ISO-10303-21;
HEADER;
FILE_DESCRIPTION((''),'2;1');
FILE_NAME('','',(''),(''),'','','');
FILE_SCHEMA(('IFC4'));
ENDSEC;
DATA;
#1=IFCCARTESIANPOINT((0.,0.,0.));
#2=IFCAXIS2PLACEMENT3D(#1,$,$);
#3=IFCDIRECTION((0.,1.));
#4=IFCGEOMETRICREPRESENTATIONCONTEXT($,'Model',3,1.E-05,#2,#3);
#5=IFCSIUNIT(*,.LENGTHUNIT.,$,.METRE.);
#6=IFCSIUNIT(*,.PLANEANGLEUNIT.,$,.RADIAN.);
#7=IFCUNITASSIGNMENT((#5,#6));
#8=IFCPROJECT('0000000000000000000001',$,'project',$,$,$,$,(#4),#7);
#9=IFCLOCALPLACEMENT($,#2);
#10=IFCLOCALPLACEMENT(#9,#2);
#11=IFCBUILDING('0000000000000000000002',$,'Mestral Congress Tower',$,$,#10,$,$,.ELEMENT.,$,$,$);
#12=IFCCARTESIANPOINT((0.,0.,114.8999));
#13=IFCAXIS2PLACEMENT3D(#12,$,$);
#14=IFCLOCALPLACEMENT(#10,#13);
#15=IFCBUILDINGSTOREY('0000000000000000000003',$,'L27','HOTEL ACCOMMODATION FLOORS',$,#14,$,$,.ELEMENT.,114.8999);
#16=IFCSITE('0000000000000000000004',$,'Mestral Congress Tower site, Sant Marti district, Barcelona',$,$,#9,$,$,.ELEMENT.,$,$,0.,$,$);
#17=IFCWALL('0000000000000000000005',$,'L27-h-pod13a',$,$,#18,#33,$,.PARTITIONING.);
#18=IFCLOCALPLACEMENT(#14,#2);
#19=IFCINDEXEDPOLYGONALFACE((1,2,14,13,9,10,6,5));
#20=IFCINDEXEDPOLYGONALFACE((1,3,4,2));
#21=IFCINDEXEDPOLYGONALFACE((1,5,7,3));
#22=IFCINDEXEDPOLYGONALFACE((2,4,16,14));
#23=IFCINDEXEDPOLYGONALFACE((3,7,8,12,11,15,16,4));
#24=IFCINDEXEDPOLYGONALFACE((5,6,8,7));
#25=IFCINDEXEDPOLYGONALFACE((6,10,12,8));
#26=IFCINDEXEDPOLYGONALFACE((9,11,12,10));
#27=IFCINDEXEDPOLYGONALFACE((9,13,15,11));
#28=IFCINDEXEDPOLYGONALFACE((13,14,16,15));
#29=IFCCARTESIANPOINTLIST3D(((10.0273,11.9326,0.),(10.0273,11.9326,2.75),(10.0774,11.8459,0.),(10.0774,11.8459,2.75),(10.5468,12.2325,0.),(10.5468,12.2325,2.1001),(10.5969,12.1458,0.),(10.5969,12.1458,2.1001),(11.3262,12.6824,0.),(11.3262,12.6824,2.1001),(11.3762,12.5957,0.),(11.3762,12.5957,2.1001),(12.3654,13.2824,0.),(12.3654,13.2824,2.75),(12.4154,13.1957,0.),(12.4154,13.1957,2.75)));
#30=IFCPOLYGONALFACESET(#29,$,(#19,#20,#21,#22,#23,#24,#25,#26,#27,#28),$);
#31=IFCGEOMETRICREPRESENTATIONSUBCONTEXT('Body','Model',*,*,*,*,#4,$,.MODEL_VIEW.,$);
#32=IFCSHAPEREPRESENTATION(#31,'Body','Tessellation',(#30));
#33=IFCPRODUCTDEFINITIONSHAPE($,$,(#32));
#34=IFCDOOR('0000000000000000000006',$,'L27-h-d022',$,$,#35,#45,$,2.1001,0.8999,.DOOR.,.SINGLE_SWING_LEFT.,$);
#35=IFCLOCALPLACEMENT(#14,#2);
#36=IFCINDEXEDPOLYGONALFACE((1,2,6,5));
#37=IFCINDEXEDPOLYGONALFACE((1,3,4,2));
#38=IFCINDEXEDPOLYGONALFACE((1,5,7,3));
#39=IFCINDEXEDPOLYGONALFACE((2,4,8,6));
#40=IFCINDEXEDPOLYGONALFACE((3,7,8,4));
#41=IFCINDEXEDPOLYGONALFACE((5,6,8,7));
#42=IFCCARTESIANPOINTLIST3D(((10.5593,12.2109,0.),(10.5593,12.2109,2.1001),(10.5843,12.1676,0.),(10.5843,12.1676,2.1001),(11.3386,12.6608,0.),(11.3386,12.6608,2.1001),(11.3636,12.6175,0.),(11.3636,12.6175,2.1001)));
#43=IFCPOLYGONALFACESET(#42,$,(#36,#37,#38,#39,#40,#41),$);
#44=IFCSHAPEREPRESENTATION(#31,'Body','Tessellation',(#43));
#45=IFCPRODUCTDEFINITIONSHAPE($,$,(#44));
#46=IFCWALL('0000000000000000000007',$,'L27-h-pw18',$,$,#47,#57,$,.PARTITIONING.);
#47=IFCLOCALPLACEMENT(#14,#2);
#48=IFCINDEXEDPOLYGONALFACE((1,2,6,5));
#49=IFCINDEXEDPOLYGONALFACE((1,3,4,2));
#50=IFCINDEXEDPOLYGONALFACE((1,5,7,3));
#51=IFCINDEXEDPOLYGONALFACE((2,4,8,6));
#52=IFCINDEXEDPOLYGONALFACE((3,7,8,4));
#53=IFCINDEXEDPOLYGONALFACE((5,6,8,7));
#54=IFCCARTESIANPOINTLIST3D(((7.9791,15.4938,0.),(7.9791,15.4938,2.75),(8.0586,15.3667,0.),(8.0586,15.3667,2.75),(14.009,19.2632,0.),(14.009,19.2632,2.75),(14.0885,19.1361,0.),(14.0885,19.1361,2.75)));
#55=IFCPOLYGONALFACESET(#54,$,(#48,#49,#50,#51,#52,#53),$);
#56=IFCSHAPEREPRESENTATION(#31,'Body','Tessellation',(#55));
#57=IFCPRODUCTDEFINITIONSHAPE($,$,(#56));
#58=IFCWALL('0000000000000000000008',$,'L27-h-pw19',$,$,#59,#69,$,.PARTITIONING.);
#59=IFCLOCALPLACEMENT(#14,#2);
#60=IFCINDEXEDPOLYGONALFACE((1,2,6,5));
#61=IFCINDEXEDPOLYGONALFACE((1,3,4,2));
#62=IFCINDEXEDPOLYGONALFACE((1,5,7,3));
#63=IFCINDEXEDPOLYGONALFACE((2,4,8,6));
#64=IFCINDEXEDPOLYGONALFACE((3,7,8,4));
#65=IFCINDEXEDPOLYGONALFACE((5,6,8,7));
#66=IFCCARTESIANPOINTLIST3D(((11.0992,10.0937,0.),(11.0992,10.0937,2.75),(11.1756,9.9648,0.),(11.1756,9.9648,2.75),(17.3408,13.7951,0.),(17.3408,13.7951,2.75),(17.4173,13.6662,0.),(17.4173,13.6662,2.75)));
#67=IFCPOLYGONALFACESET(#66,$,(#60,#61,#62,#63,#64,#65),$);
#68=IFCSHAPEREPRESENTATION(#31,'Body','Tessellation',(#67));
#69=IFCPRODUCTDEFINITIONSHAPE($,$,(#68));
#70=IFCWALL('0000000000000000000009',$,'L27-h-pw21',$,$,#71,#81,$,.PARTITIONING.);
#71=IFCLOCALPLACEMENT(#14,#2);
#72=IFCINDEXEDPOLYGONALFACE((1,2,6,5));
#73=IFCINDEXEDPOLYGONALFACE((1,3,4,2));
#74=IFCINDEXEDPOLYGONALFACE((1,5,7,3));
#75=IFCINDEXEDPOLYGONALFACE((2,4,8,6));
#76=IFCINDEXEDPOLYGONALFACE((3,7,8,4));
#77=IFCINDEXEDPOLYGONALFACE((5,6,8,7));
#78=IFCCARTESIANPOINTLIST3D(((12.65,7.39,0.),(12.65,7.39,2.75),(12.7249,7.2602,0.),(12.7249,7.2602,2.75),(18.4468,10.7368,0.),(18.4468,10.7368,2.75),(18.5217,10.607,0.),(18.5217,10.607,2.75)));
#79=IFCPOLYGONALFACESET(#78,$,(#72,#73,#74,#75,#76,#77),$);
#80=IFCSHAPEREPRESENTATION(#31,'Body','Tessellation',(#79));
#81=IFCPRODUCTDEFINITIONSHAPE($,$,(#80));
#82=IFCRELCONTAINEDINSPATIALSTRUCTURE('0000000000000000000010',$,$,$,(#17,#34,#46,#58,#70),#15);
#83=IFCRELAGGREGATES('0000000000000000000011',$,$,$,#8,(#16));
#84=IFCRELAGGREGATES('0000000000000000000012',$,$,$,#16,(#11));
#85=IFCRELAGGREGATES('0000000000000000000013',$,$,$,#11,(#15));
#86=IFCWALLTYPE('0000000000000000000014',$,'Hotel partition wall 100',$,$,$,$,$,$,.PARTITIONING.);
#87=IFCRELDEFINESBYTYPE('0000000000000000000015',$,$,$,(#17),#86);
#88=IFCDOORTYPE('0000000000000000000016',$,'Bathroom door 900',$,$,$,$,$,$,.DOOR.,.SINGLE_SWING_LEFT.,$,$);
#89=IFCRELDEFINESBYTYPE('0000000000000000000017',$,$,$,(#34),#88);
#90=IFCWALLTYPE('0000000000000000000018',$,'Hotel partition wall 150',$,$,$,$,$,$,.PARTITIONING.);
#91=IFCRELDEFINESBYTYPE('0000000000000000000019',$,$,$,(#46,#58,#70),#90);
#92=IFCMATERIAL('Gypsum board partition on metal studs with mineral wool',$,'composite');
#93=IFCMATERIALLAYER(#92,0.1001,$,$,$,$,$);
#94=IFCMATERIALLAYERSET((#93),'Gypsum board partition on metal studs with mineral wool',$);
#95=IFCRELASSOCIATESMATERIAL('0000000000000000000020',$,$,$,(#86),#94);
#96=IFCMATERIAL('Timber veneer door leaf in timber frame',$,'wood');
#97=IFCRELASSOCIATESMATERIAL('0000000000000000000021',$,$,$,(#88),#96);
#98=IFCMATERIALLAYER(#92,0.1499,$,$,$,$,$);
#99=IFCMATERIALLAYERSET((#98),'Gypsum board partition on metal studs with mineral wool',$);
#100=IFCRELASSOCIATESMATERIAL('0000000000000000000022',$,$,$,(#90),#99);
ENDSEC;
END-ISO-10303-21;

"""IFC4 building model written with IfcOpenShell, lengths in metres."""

from ifc_helpers import new_model, si_unit, direction, frame, frame_2d, origin, place, context, subcontext, project, spatial, rectangle, extrude, material, layer, layer_set, type_object, element, fill, save


model = new_model("IFC4")

# Units and contexts
model_context = context("Model", 3, precision=1e-05, world=origin(), true_north=direction((0.0, 1.0)))
body_context = subcontext(model_context, "Body", "Model", "MODEL_VIEW")
ifc_project = project(units=[si_unit("LENGTHUNIT", "METRE"), si_unit("PLANEANGLEUNIT", "RADIAN")], contexts=[model_context])

# Site, building, storey
site_placement = place(None, origin())
site = spatial("IfcSite", under=ifc_project, at=site_placement, Name="Mestral Congress Tower site, Sant Marti district, Barcelona", CompositionType="ELEMENT", RefElevation=0.0)
building_placement = place(site_placement, origin())
building = spatial("IfcBuilding", under=site, at=building_placement, Name="Mestral Congress Tower", CompositionType="ELEMENT")
storey_placement = place(building_placement, frame((0.0, 0.0, 114.8999)))
storey = spatial("IfcBuildingStorey", under=building, at=storey_placement, Name="L27", Description="HOTEL ACCOMMODATION FLOORS", CompositionType="ELEMENT", Elevation=114.8999)

# Wall, opening, door
ifc_material_1 = material(Name="Gypsum board partition on metal studs with mineral wool", Category="composite")
ifc_layer_1 = layer(ifc_material_1, 0.1001)
ifc_layer_set_1 = layer_set([ifc_layer_1], Name="Gypsum board partition on metal studs with mineral wool")
wall_type_1 = type_object("IfcWallType", Name="Hotel partition wall 100", PredefinedType="PARTITIONING", material=ifc_layer_set_1)
wall_1_placement = place(storey_placement, frame((12.3904, 13.239, 0.0), z_axis=(0.0, 0.0, 1.0), x_axis=(-0.866037, -0.499981, 0.0)))
wall_1 = element("IfcWall", 1, at=wall_1_placement, inside=storey, type_object=wall_type_1, Name="L27-h-pod13a", PredefinedType="PARTITIONING", context=body_context, shape_type="SweptSolid", body=[
    extrude(rectangle(XDim=2.6997, YDim=0.1001, at=frame_2d((1.3499, 0.0))), origin(), (0.0, 0.0, 1.0), 2.75),
])
opening_1_placement = place(wall_1_placement, frame((1.2, 0.0, 0.0)))
opening_1 = element("IfcOpeningElement", 2, at=opening_1_placement, cuts=wall_1, PredefinedType="OPENING", context=body_context, shape_type="SweptSolid", body=[
    extrude(rectangle(XDim=0.8999, YDim=2.1001, at=frame_2d((0.45, 1.05))), frame((0.0, 0.0601, 0.0), z_axis=(0.0, -1.0, 0.0), x_axis=(1.0, 0.0, 0.0)), (0.0, 0.0, 1.0), 0.1201),
])
ifc_material_2 = material(Name="Timber veneer door leaf in timber frame", Category="wood")
door_type = type_object("IfcDoorType", Name="Bathroom door 900", OperationType="SINGLE_SWING_LEFT", PredefinedType="DOOR", material=ifc_material_2)
door_placement = place(opening_1_placement, origin())
door = element("IfcDoor", 3, at=door_placement, inside=storey, type_object=door_type, Name="L27-h-d022", OperationType="SINGLE_SWING_LEFT", OverallHeight=2.1001, OverallWidth=0.8999, PredefinedType="DOOR", context=body_context, shape_type="SweptSolid", body=[
    extrude(rectangle(XDim=0.8999, YDim=2.1001, at=frame_2d((0.45, 1.05))), frame((0.0, 0.0249, 0.0), z_axis=(0.0, -1.0, 0.0), x_axis=(1.0, 0.0, 0.0)), (0.0, 0.0, 1.0), 0.05),
])
fill(opening_1, door)

# Walls
ifc_layer_2 = layer(ifc_material_1, 0.1499)
ifc_layer_set_2 = layer_set([ifc_layer_2], Name="Gypsum board partition on metal studs with mineral wool")
wall_type_2 = type_object("IfcWallType", Name="Hotel partition wall 150", PredefinedType="PARTITIONING", material=ifc_layer_set_2)
wall_2_placement = place(storey_placement, frame((14.0488, 19.1997, 0.0), z_axis=(0.0, 0.0, 1.0), x_axis=(-0.847956, -0.530067, 0.0)))
element("IfcWall", 4, at=wall_2_placement, inside=storey, type_object=wall_type_2, Name="L27-h-pw18", PredefinedType="PARTITIONING", context=body_context, shape_type="SweptSolid", body=[
    extrude(rectangle(XDim=7.1111, YDim=0.1499, at=frame_2d((3.5557, 0.0))), origin(), (0.0, 0.0, 1.0), 2.75),
])
wall_3_placement = place(storey_placement, frame((17.3792, 13.7307, 0.0), z_axis=(0.0, 0.0, 1.0), x_axis=(-0.860132, -0.510071, 0.0)))
element("IfcWall", 5, at=wall_3_placement, inside=storey, type_object=wall_type_2, Name="L27-h-pw19", PredefinedType="PARTITIONING", context=body_context, shape_type="SweptSolid", body=[
    extrude(rectangle(XDim=7.2566, YDim=0.1499, at=frame_2d((3.6284, 0.0))), origin(), (0.0, 0.0, 1.0), 2.75),
])
wall_4_placement = place(storey_placement, frame((18.4841, 10.6719, 0.0), z_axis=(0.0, 0.0, 1.0), x_axis=(-0.866019, -0.500011, 0.0)))
element("IfcWall", 6, at=wall_4_placement, inside=storey, type_object=wall_type_2, Name="L27-h-pw21", PredefinedType="PARTITIONING", context=body_context, shape_type="SweptSolid", body=[
    extrude(rectangle(XDim=6.6936, YDim=0.1499, at=frame_2d((3.3467, 0.0))), origin(), (0.0, 0.0, 1.0), 2.75),
])

save(model, "model.ifc")
